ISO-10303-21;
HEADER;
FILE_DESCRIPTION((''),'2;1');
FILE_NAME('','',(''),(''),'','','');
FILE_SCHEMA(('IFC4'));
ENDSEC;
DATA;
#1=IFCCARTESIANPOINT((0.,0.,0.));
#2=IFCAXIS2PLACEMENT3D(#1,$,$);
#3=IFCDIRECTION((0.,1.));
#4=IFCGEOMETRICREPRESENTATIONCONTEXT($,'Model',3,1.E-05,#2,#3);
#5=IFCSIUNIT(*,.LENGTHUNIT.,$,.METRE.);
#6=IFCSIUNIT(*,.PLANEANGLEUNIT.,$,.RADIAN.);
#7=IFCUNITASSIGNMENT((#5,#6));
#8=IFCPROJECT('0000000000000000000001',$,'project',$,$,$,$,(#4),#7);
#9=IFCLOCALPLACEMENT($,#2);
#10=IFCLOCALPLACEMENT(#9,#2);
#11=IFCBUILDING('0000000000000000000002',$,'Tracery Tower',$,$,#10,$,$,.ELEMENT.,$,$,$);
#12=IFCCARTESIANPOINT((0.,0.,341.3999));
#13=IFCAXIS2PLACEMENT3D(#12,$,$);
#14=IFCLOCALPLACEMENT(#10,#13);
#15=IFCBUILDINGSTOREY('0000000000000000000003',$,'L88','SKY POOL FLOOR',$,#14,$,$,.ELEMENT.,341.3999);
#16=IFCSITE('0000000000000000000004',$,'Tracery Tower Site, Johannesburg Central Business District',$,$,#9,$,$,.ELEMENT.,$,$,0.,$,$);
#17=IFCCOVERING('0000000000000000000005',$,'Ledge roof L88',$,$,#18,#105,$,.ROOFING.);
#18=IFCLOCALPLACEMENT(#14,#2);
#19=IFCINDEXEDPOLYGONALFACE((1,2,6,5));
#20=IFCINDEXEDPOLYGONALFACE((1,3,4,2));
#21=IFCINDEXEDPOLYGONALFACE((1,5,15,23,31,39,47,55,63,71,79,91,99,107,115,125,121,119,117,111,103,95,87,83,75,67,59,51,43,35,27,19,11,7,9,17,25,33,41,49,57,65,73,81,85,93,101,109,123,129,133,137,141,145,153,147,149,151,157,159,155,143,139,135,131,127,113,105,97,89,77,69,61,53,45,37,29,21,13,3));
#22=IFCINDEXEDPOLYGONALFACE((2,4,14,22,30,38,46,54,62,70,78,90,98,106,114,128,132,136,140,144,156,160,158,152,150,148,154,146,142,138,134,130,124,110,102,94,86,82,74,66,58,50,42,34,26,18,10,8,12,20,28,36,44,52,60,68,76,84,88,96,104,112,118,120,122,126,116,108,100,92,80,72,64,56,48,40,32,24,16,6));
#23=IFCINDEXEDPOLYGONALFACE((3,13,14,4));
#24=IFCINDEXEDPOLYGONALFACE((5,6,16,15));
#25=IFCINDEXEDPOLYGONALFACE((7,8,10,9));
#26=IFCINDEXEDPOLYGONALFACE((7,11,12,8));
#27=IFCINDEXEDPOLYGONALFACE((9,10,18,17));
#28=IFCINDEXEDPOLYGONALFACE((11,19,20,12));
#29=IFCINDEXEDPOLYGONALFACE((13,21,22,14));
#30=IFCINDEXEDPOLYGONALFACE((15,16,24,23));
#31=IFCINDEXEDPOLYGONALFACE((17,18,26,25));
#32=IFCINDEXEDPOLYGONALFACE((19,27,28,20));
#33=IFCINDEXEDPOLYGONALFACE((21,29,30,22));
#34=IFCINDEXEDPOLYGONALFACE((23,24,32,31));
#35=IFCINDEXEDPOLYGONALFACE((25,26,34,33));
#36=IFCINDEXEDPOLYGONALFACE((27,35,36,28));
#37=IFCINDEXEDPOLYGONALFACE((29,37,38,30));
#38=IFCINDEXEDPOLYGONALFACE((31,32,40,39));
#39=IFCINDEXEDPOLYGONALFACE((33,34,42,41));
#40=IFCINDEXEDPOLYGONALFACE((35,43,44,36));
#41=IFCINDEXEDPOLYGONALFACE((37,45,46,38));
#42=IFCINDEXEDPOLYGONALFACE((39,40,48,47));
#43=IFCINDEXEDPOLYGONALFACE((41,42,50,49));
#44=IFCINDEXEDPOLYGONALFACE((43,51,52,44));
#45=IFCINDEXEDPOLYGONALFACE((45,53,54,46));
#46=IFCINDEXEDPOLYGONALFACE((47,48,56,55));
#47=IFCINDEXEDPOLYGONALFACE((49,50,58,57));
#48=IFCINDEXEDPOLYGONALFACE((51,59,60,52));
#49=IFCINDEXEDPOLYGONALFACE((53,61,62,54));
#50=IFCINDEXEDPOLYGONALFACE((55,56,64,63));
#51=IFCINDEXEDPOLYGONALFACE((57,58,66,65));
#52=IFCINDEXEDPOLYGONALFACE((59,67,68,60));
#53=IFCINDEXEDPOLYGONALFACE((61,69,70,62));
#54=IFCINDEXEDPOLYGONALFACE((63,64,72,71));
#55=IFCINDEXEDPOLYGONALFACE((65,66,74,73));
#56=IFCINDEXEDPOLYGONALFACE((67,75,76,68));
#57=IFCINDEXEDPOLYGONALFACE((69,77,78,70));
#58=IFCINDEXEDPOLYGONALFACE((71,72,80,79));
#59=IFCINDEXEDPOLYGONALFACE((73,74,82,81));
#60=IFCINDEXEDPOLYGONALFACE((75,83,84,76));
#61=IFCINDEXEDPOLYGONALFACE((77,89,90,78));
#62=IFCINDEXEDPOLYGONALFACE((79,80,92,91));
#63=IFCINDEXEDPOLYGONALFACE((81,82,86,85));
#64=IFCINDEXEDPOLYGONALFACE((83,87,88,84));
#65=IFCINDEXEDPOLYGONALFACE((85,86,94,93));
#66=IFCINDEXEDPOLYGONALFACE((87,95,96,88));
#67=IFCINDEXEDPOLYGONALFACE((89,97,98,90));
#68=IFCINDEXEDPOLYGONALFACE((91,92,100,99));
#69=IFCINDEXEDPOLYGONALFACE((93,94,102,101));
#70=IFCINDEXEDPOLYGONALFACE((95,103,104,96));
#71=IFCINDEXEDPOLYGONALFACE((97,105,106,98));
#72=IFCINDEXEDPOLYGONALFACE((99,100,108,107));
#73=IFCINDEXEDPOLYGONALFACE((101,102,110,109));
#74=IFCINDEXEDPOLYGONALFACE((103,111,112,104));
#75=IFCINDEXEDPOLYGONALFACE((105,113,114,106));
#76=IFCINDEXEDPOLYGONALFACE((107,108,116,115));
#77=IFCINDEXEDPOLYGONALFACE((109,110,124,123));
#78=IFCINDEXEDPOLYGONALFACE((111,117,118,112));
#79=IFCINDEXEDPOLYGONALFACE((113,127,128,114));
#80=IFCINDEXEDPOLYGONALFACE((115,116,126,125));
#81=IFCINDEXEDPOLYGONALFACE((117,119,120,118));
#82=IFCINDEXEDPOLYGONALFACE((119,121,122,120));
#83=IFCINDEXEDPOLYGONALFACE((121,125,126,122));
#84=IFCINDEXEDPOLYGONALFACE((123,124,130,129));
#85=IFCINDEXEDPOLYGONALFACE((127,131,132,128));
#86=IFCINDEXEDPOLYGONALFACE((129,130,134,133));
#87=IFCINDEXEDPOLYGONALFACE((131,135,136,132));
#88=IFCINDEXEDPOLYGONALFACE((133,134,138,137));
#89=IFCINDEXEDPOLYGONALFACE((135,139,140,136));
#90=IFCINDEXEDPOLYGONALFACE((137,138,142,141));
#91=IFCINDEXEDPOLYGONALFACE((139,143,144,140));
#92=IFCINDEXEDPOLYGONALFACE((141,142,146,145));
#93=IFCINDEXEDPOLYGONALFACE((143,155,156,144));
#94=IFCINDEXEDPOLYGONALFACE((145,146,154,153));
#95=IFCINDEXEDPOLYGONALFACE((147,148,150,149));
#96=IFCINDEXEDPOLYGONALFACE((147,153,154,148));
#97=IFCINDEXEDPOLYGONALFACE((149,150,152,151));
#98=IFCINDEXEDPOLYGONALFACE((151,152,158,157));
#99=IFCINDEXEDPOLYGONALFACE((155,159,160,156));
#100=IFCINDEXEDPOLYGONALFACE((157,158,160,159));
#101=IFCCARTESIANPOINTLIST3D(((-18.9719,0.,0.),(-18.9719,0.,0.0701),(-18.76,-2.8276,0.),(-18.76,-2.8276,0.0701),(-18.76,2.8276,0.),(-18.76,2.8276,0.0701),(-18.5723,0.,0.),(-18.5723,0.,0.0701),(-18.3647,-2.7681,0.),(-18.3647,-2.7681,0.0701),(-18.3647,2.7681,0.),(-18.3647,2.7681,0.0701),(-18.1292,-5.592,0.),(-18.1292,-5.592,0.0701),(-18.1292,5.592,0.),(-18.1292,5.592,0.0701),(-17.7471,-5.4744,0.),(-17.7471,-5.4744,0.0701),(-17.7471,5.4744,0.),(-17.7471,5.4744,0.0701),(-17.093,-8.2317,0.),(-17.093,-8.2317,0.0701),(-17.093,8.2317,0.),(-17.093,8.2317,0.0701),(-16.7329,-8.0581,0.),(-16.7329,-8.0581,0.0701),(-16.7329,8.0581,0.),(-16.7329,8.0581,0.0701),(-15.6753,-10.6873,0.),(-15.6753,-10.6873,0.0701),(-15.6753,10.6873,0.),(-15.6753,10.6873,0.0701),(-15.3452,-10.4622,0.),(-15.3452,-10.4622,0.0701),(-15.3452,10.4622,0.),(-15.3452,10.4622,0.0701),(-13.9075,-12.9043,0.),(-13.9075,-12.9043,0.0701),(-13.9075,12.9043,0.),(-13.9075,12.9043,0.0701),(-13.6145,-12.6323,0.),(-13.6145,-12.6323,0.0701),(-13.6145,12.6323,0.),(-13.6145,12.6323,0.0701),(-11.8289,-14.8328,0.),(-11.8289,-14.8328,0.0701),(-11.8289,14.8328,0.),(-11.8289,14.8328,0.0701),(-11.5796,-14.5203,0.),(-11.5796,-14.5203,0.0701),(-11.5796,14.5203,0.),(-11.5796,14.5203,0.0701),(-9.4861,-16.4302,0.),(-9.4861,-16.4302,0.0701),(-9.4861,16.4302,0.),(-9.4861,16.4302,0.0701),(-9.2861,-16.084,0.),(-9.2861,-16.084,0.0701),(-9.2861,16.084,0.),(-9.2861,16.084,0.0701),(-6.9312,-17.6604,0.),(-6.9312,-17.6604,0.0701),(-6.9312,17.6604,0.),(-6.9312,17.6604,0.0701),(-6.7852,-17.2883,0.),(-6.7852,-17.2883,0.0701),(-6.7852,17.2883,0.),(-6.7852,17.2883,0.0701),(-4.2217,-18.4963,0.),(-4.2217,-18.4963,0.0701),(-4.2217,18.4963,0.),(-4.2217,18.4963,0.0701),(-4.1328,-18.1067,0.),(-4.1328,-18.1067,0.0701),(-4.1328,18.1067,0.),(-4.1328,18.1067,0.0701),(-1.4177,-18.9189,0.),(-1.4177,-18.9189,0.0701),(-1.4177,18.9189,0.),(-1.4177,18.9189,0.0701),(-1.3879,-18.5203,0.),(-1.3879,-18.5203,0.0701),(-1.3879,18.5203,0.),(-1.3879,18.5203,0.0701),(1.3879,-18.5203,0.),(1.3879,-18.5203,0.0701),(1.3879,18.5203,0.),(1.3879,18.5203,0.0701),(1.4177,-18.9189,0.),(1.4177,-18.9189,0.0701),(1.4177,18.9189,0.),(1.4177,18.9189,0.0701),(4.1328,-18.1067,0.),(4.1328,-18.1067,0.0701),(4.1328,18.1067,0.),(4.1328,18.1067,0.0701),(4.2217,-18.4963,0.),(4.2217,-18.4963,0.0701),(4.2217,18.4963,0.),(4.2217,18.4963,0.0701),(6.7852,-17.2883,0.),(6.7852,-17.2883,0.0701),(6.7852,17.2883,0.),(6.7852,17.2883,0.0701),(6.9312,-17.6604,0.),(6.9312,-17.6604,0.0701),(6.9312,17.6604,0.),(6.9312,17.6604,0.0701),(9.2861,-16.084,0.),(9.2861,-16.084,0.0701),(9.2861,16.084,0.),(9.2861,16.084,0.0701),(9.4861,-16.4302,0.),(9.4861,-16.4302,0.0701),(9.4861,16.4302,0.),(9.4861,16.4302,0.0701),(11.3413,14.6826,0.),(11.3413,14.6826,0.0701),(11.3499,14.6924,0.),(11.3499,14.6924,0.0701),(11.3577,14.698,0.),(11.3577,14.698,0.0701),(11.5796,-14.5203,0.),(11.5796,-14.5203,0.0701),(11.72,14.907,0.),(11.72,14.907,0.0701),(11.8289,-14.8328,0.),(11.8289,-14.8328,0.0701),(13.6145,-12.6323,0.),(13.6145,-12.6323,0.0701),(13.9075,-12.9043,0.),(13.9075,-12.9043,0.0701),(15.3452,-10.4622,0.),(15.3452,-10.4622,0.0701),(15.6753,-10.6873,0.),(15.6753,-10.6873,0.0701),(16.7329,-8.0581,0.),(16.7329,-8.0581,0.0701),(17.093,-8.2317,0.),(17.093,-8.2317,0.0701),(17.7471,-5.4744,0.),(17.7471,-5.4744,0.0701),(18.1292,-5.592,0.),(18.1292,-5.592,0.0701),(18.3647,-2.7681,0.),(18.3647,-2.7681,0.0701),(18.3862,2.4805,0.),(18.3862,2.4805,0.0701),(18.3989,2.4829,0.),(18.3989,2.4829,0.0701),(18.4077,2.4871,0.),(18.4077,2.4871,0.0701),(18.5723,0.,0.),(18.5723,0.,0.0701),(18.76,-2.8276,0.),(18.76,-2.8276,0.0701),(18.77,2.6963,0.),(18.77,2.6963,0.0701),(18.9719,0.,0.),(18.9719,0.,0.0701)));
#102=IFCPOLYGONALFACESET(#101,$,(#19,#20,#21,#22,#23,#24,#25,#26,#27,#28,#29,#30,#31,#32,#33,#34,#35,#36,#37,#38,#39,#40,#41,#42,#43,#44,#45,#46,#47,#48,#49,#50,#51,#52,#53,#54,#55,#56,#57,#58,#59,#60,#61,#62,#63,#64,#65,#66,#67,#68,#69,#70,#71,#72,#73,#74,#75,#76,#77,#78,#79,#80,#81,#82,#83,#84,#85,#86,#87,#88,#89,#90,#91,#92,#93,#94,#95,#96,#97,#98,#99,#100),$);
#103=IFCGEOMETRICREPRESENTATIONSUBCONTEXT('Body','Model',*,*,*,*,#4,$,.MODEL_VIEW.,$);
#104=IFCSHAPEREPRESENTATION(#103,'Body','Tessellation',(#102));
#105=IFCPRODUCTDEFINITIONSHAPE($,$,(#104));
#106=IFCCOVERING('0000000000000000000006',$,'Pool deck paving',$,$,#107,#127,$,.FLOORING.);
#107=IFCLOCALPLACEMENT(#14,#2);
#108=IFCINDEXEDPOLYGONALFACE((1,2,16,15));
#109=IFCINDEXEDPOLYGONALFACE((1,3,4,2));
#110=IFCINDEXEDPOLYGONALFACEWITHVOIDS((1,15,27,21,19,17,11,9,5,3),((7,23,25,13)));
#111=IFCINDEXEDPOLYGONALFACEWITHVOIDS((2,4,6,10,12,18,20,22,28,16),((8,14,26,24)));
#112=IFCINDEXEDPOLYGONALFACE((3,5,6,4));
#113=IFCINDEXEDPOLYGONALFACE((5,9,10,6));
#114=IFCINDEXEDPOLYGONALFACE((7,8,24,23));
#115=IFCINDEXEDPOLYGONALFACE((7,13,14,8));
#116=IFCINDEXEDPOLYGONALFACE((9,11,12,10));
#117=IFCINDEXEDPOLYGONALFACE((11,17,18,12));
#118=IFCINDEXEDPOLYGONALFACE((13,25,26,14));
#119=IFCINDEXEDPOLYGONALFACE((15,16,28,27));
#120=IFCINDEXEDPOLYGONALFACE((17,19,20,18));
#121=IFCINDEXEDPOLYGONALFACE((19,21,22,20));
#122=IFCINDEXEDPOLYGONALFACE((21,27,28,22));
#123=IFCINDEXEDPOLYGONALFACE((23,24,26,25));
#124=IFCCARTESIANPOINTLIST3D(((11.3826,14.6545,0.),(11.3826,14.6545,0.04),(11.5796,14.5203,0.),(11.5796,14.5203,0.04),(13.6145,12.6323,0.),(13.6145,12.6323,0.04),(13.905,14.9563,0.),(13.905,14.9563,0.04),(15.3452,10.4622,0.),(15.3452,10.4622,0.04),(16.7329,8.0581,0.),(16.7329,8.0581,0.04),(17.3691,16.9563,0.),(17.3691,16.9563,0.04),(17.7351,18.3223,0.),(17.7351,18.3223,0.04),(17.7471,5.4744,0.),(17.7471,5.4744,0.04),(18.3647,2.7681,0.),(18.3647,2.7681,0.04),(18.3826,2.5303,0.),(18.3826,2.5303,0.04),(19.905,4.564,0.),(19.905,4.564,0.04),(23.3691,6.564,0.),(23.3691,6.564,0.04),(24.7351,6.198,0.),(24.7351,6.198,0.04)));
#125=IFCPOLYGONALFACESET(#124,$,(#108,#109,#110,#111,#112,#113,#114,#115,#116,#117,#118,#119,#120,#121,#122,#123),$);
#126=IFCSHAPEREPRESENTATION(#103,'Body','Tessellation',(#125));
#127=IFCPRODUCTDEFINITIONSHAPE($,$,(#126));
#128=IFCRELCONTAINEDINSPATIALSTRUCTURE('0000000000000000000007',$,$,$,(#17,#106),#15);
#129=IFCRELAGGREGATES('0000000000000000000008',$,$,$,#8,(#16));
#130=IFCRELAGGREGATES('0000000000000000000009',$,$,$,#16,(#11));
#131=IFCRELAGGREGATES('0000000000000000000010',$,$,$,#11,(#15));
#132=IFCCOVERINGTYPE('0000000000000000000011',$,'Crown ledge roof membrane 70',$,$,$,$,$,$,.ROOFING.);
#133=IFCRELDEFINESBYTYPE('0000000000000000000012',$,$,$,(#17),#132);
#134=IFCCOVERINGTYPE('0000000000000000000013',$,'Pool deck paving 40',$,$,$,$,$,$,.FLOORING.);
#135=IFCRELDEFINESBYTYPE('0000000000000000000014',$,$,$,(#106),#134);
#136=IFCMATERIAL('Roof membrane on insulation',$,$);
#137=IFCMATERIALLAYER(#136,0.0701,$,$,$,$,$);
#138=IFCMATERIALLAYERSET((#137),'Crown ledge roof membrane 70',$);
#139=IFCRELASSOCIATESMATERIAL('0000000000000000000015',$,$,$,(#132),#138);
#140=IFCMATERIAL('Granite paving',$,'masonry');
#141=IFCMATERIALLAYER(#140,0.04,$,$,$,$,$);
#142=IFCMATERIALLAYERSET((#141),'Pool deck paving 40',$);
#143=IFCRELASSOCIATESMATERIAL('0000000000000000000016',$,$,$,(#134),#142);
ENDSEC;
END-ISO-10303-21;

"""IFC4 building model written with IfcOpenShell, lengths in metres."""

from ifc_helpers import new_model, si_unit, direction, frame, origin, place, context, subcontext, project, spatial, polyline, outline, extrude, material, layer, layer_set, type_object, element, save


model = new_model("IFC4")

# Units and contexts
model_context = context("Model", 3, precision=1e-05, world=origin(), true_north=direction((0.0, 1.0)))
body_context = subcontext(model_context, "Body", "Model", "MODEL_VIEW")
ifc_project = project(units=[si_unit("LENGTHUNIT", "METRE"), si_unit("PLANEANGLEUNIT", "RADIAN")], contexts=[model_context])

# Site, building, storey
site_placement = place(None, origin())
site = spatial("IfcSite", under=ifc_project, at=site_placement, Name="Tracery Tower Site, Johannesburg Central Business District", CompositionType="ELEMENT", RefElevation=0.0)
building_placement = place(site_placement, origin())
building = spatial("IfcBuilding", under=site, at=building_placement, Name="Tracery Tower", CompositionType="ELEMENT")
storey_placement = place(building_placement, frame((0.0, 0.0, 341.3999)))
storey = spatial("IfcBuildingStorey", under=building, at=storey_placement, Name="L88", Description="SKY POOL FLOOR", CompositionType="ELEMENT", Elevation=341.3999)

# Coverings
ifc_material_1 = material(Name="Roof membrane on insulation")
ifc_layer_1 = layer(ifc_material_1, 0.0701)
ifc_layer_set_1 = layer_set([ifc_layer_1], Name="Crown ledge roof membrane 70")
covering_type_1 = type_object("IfcCoveringType", Name="Crown ledge roof membrane 70", PredefinedType="ROOFING", material=ifc_layer_set_1)
covering_1_placement = place(storey_placement, origin())
element("IfcCovering", 1, at=covering_1_placement, inside=storey, type_object=covering_type_1, Name="Ledge roof L88", PredefinedType="ROOFING", context=body_context, shape_type="SweptSolid", body=[
    extrude(outline(polyline([(18.76, -2.8276), (18.9719, 0.0), (18.77, 2.6963), (18.4077, 2.4871), (18.3989, 2.4829), (18.3862, 2.4805), (18.5723, 0.0), (18.3647, -2.7681), (17.7471, -5.4744), (16.7329, -8.0581), (15.3452, -10.4622), (13.6145, -12.6323), (11.5796, -14.5203), (9.2861, -16.084), (6.7852, -17.2883), (4.1328, -18.1067), (1.3879, -18.5203), (-1.3879, -18.5203), (-4.1328, -18.1067), (-6.7852, -17.2883), (-9.2861, -16.084), (-11.5796, -14.5203), (-13.6145, -12.6323), (-15.3452, -10.4622), (-16.7329, -8.0581), (-17.7471, -5.4744), (-18.3647, -2.7681), (-18.5723, 0.0), (-18.3647, 2.7681), (-17.7471, 5.4744), (-16.7329, 8.0581), (-15.3452, 10.4622), (-13.6145, 12.6323), (-11.5796, 14.5203), (-9.2861, 16.084), (-6.7852, 17.2883), (-4.1328, 18.1067), (-1.3879, 18.5203), (1.3879, 18.5203), (4.1328, 18.1067), (6.7852, 17.2883), (9.2861, 16.084), (11.3413, 14.6826), (11.3499, 14.6924), (11.3577, 14.698), (11.72, 14.907), (9.4861, 16.4302), (6.9312, 17.6604), (4.2217, 18.4963), (1.4177, 18.9189), (-1.4177, 18.9189), (-4.2217, 18.4963), (-6.9312, 17.6604), (-9.4861, 16.4302), (-11.8289, 14.8328), (-13.9075, 12.9043), (-15.6753, 10.6873), (-17.093, 8.2317), (-18.1292, 5.592), (-18.76, 2.8276), (-18.9719, 0.0), (-18.76, -2.8276), (-18.1292, -5.592), (-17.093, -8.2317), (-15.6753, -10.6873), (-13.9075, -12.9043), (-11.8289, -14.8328), (-9.4861, -16.4302), (-6.9312, -17.6604), (-4.2217, -18.4963), (-1.4177, -18.9189), (1.4177, -18.9189), (4.2217, -18.4963), (6.9312, -17.6604), (9.4861, -16.4302), (11.8289, -14.8328), (13.9075, -12.9043), (15.6753, -10.6873), (17.093, -8.2317), (18.1292, -5.592), (18.76, -2.8276)])), origin(), (0.0, 0.0, 1.0), 0.0701),
])
ifc_material_2 = material(Name="Granite paving", Category="masonry")
ifc_layer_2 = layer(ifc_material_2, 0.04)
ifc_layer_set_2 = layer_set([ifc_layer_2], Name="Pool deck paving 40")
covering_type_2 = type_object("IfcCoveringType", Name="Pool deck paving 40", PredefinedType="FLOORING", material=ifc_layer_set_2)
covering_2_placement = place(storey_placement, origin())
element("IfcCovering", 2, at=covering_2_placement, inside=storey, type_object=covering_type_2, Name="Pool deck paving", PredefinedType="FLOORING", context=body_context, shape_type="SweptSolid", body=[
    extrude(outline(polyline([(17.7351, 18.3223), (11.3826, 14.6545), (11.5796, 14.5203), (13.6145, 12.6323), (15.3452, 10.4622), (16.7329, 8.0581), (17.7471, 5.4744), (18.3647, 2.7681), (18.3826, 2.5303), (24.7351, 6.198), (17.7351, 18.3223)]), holes=[polyline([(19.905, 4.564), (13.905, 14.9563), (17.3691, 16.9563), (23.3691, 6.564), (19.905, 4.564)])]), origin(), (0.0, 0.0, 1.0), 0.04),
])

save(model, "model.ifc")
